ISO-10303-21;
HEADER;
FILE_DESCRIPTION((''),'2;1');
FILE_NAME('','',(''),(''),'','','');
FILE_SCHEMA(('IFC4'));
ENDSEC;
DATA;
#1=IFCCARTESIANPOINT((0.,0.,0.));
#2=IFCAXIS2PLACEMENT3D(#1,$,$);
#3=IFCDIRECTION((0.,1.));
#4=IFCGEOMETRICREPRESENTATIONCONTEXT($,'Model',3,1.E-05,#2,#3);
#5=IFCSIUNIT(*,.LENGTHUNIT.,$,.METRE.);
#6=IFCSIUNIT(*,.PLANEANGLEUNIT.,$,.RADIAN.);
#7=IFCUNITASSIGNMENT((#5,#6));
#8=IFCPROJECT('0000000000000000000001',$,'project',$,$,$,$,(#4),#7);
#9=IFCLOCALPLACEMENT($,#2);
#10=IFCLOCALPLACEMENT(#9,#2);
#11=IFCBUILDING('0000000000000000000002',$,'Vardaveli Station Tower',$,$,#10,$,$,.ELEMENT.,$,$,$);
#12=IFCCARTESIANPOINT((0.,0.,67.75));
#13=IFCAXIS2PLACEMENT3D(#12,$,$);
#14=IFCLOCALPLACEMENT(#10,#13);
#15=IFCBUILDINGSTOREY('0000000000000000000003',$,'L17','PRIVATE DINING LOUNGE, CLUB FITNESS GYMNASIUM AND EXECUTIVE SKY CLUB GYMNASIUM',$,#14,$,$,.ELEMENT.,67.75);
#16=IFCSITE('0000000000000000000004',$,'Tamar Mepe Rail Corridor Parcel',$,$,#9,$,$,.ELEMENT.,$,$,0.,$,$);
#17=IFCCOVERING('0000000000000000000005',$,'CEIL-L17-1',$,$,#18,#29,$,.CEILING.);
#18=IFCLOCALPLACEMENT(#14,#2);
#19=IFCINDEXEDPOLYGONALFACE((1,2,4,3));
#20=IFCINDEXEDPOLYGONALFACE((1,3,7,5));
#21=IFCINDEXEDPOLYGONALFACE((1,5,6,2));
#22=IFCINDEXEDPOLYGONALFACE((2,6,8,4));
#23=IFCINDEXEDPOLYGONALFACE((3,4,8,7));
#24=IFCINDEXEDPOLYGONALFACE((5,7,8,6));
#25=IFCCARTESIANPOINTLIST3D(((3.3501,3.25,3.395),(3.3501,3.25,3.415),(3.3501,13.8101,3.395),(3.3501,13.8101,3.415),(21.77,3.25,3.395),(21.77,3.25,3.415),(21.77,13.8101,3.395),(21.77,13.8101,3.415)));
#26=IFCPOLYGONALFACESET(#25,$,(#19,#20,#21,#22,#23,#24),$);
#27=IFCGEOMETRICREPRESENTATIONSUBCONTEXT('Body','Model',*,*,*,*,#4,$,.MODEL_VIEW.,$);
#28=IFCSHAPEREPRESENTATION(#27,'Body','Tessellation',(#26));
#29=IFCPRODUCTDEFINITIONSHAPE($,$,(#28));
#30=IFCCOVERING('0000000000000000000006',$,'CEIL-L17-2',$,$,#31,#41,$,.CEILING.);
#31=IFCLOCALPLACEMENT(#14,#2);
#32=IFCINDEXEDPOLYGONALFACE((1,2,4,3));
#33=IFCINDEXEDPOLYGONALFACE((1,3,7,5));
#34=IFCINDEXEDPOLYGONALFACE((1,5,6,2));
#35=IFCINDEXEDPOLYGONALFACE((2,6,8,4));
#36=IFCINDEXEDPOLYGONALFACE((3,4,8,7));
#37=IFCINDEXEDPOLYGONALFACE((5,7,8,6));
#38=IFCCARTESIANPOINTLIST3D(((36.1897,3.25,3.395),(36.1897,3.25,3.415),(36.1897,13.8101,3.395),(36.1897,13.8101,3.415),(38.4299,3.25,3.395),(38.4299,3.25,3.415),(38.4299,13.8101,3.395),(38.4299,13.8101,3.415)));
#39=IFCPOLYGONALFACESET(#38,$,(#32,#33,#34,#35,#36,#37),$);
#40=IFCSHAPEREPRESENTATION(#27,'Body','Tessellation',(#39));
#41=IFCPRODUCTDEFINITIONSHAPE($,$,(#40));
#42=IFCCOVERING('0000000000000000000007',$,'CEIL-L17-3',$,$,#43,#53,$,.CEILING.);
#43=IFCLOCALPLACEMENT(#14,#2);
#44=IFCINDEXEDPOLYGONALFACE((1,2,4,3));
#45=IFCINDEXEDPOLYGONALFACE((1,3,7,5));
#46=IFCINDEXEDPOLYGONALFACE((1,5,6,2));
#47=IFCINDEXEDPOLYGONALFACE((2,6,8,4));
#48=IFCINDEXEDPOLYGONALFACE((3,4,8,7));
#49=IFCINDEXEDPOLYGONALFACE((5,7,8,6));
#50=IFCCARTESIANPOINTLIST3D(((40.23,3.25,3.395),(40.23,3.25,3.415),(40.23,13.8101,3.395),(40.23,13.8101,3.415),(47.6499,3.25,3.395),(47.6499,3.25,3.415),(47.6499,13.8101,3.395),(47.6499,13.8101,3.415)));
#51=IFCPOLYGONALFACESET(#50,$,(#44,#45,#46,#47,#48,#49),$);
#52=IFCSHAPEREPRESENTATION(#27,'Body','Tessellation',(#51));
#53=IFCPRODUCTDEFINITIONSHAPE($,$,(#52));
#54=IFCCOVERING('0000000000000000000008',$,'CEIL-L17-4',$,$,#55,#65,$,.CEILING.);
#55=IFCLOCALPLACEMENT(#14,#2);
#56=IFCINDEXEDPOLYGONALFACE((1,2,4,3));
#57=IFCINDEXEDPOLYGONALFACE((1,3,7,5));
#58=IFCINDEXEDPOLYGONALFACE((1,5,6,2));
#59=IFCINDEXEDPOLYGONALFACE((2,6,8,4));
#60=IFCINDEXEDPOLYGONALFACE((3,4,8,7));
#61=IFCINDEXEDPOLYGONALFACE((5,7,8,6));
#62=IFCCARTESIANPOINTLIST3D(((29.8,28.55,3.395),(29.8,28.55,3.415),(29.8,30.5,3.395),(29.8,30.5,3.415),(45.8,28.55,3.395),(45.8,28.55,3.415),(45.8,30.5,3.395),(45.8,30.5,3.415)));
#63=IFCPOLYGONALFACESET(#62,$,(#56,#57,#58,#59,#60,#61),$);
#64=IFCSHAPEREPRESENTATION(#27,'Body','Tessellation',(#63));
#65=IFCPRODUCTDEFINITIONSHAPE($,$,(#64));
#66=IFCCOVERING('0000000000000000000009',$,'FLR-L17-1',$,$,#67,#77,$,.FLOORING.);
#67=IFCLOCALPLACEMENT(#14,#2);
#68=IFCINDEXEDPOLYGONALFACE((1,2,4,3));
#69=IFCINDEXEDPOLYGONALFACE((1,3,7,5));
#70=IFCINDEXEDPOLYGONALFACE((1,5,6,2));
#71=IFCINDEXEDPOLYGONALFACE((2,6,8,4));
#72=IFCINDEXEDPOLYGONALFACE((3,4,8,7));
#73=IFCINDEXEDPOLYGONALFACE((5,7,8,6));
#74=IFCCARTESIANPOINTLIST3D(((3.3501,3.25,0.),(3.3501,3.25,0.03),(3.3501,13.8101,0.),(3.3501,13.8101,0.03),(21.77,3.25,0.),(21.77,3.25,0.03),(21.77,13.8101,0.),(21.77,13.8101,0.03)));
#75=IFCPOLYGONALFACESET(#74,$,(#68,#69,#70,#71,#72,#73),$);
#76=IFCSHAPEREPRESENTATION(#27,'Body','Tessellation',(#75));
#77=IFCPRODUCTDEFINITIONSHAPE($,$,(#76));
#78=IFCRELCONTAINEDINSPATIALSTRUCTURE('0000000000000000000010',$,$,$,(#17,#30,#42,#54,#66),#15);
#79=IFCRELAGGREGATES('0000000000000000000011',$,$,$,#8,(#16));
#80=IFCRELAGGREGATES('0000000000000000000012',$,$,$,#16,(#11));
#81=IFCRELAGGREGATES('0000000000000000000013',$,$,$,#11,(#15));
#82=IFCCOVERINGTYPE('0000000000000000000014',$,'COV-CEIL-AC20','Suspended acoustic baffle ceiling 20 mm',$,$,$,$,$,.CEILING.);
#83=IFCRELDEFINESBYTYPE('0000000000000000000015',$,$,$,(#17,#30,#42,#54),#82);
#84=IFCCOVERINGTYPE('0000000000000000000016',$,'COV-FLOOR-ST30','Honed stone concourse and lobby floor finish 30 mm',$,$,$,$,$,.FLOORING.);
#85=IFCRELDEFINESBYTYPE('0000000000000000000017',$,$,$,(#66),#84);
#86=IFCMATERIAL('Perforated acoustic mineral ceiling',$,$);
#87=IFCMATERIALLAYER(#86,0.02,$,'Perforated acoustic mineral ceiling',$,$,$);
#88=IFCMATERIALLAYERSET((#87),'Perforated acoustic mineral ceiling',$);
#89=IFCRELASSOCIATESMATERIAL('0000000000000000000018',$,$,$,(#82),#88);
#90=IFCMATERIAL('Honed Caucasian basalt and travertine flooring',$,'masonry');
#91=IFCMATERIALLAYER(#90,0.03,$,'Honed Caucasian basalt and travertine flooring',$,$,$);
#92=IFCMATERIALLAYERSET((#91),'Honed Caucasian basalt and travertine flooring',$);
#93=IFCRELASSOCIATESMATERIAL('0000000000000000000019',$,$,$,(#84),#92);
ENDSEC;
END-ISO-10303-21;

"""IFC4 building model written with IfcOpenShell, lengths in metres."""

from ifc_helpers import new_model, si_unit, direction, frame, origin, place, context, subcontext, project, spatial, polyline, outline, extrude, material, layer, layer_set, type_object, element, save


model = new_model("IFC4")

# Units and contexts
model_context = context("Model", 3, precision=1e-05, world=origin(), true_north=direction((0.0, 1.0)))
body_context = subcontext(model_context, "Body", "Model", "MODEL_VIEW")
ifc_project = project(units=[si_unit("LENGTHUNIT", "METRE"), si_unit("PLANEANGLEUNIT", "RADIAN")], contexts=[model_context])

# Site, building, storey
site_placement = place(None, origin())
site = spatial("IfcSite", under=ifc_project, at=site_placement, Name="Tamar Mepe Rail Corridor Parcel", CompositionType="ELEMENT", RefElevation=0.0)
building_placement = place(site_placement, origin())
building = spatial("IfcBuilding", under=site, at=building_placement, Name="Vardaveli Station Tower", CompositionType="ELEMENT")
storey_placement = place(building_placement, frame((0.0, 0.0, 67.75)))
storey = spatial("IfcBuildingStorey", under=building, at=storey_placement, Name="L17", Description="PRIVATE DINING LOUNGE, CLUB FITNESS GYMNASIUM AND EXECUTIVE SKY CLUB GYMNASIUM", CompositionType="ELEMENT", Elevation=67.75)

# Coverings
ifc_material_1 = material(Name="Perforated acoustic mineral ceiling")
ifc_layer_1 = layer(ifc_material_1, 0.02, Name="Perforated acoustic mineral ceiling")
ifc_layer_set_1 = layer_set([ifc_layer_1], Name="Perforated acoustic mineral ceiling")
covering_type_1 = type_object("IfcCoveringType", Name="COV-CEIL-AC20", Description="Suspended acoustic baffle ceiling 20 mm", PredefinedType="CEILING", material=ifc_layer_set_1)
covering_1_placement = place(storey_placement, frame((0.0, 0.0, 3.395)))
element("IfcCovering", 1, at=covering_1_placement, inside=storey, type_object=covering_type_1, Name="CEIL-L17-1", PredefinedType="CEILING", context=body_context, shape_type="SweptSolid", body=[
    extrude(outline(polyline([(3.3501, 3.25), (21.77, 3.25), (21.77, 13.8101), (3.3501, 13.8101), (3.3501, 3.25)])), origin(), (0.0, 0.0, 1.0), 0.02),
])
covering_2_placement = place(storey_placement, frame((0.0, 0.0, 3.395)))
element("IfcCovering", 2, at=covering_2_placement, inside=storey, type_object=covering_type_1, Name="CEIL-L17-2", PredefinedType="CEILING", context=body_context, shape_type="SweptSolid", body=[
    extrude(outline(polyline([(36.1897, 3.25), (38.4299, 3.25), (38.4299, 13.8101), (36.1897, 13.8101), (36.1897, 3.25)])), origin(), (0.0, 0.0, 1.0), 0.02),
])
covering_3_placement = place(storey_placement, frame((0.0, 0.0, 3.395)))
element("IfcCovering", 3, at=covering_3_placement, inside=storey, type_object=covering_type_1, Name="CEIL-L17-3", PredefinedType="CEILING", context=body_context, shape_type="SweptSolid", body=[
    extrude(outline(polyline([(40.23, 3.25), (47.6499, 3.25), (47.6499, 13.8101), (40.23, 13.8101), (40.23, 3.25)])), origin(), (0.0, 0.0, 1.0), 0.02),
])
covering_4_placement = place(storey_placement, frame((0.0, 0.0, 3.395)))
element("IfcCovering", 4, at=covering_4_placement, inside=storey, type_object=covering_type_1, Name="CEIL-L17-4", PredefinedType="CEILING", context=body_context, shape_type="SweptSolid", body=[
    extrude(outline(polyline([(29.8, 28.55), (45.8, 28.55), (45.8, 30.5), (29.8, 30.5), (29.8, 28.55)])), origin(), (0.0, 0.0, 1.0), 0.02),
])
ifc_material_2 = material(Name="Honed Caucasian basalt and travertine flooring", Category="masonry")
ifc_layer_2 = layer(ifc_material_2, 0.03, Name="Honed Caucasian basalt and travertine flooring")
ifc_layer_set_2 = layer_set([ifc_layer_2], Name="Honed Caucasian basalt and travertine flooring")
covering_type_2 = type_object("IfcCoveringType", Name="COV-FLOOR-ST30", Description="Honed stone concourse and lobby floor finish 30 mm", PredefinedType="FLOORING", material=ifc_layer_set_2)
covering_5_placement = place(storey_placement, origin())
element("IfcCovering", 5, at=covering_5_placement, inside=storey, type_object=covering_type_2, Name="FLR-L17-1", PredefinedType="FLOORING", context=body_context, shape_type="SweptSolid", body=[
    extrude(outline(polyline([(3.3501, 3.25), (21.77, 3.25), (21.77, 13.8101), (3.3501, 13.8101), (3.3501, 3.25)])), origin(), (0.0, 0.0, 1.0), 0.03),
])

save(model, "model.ifc")
